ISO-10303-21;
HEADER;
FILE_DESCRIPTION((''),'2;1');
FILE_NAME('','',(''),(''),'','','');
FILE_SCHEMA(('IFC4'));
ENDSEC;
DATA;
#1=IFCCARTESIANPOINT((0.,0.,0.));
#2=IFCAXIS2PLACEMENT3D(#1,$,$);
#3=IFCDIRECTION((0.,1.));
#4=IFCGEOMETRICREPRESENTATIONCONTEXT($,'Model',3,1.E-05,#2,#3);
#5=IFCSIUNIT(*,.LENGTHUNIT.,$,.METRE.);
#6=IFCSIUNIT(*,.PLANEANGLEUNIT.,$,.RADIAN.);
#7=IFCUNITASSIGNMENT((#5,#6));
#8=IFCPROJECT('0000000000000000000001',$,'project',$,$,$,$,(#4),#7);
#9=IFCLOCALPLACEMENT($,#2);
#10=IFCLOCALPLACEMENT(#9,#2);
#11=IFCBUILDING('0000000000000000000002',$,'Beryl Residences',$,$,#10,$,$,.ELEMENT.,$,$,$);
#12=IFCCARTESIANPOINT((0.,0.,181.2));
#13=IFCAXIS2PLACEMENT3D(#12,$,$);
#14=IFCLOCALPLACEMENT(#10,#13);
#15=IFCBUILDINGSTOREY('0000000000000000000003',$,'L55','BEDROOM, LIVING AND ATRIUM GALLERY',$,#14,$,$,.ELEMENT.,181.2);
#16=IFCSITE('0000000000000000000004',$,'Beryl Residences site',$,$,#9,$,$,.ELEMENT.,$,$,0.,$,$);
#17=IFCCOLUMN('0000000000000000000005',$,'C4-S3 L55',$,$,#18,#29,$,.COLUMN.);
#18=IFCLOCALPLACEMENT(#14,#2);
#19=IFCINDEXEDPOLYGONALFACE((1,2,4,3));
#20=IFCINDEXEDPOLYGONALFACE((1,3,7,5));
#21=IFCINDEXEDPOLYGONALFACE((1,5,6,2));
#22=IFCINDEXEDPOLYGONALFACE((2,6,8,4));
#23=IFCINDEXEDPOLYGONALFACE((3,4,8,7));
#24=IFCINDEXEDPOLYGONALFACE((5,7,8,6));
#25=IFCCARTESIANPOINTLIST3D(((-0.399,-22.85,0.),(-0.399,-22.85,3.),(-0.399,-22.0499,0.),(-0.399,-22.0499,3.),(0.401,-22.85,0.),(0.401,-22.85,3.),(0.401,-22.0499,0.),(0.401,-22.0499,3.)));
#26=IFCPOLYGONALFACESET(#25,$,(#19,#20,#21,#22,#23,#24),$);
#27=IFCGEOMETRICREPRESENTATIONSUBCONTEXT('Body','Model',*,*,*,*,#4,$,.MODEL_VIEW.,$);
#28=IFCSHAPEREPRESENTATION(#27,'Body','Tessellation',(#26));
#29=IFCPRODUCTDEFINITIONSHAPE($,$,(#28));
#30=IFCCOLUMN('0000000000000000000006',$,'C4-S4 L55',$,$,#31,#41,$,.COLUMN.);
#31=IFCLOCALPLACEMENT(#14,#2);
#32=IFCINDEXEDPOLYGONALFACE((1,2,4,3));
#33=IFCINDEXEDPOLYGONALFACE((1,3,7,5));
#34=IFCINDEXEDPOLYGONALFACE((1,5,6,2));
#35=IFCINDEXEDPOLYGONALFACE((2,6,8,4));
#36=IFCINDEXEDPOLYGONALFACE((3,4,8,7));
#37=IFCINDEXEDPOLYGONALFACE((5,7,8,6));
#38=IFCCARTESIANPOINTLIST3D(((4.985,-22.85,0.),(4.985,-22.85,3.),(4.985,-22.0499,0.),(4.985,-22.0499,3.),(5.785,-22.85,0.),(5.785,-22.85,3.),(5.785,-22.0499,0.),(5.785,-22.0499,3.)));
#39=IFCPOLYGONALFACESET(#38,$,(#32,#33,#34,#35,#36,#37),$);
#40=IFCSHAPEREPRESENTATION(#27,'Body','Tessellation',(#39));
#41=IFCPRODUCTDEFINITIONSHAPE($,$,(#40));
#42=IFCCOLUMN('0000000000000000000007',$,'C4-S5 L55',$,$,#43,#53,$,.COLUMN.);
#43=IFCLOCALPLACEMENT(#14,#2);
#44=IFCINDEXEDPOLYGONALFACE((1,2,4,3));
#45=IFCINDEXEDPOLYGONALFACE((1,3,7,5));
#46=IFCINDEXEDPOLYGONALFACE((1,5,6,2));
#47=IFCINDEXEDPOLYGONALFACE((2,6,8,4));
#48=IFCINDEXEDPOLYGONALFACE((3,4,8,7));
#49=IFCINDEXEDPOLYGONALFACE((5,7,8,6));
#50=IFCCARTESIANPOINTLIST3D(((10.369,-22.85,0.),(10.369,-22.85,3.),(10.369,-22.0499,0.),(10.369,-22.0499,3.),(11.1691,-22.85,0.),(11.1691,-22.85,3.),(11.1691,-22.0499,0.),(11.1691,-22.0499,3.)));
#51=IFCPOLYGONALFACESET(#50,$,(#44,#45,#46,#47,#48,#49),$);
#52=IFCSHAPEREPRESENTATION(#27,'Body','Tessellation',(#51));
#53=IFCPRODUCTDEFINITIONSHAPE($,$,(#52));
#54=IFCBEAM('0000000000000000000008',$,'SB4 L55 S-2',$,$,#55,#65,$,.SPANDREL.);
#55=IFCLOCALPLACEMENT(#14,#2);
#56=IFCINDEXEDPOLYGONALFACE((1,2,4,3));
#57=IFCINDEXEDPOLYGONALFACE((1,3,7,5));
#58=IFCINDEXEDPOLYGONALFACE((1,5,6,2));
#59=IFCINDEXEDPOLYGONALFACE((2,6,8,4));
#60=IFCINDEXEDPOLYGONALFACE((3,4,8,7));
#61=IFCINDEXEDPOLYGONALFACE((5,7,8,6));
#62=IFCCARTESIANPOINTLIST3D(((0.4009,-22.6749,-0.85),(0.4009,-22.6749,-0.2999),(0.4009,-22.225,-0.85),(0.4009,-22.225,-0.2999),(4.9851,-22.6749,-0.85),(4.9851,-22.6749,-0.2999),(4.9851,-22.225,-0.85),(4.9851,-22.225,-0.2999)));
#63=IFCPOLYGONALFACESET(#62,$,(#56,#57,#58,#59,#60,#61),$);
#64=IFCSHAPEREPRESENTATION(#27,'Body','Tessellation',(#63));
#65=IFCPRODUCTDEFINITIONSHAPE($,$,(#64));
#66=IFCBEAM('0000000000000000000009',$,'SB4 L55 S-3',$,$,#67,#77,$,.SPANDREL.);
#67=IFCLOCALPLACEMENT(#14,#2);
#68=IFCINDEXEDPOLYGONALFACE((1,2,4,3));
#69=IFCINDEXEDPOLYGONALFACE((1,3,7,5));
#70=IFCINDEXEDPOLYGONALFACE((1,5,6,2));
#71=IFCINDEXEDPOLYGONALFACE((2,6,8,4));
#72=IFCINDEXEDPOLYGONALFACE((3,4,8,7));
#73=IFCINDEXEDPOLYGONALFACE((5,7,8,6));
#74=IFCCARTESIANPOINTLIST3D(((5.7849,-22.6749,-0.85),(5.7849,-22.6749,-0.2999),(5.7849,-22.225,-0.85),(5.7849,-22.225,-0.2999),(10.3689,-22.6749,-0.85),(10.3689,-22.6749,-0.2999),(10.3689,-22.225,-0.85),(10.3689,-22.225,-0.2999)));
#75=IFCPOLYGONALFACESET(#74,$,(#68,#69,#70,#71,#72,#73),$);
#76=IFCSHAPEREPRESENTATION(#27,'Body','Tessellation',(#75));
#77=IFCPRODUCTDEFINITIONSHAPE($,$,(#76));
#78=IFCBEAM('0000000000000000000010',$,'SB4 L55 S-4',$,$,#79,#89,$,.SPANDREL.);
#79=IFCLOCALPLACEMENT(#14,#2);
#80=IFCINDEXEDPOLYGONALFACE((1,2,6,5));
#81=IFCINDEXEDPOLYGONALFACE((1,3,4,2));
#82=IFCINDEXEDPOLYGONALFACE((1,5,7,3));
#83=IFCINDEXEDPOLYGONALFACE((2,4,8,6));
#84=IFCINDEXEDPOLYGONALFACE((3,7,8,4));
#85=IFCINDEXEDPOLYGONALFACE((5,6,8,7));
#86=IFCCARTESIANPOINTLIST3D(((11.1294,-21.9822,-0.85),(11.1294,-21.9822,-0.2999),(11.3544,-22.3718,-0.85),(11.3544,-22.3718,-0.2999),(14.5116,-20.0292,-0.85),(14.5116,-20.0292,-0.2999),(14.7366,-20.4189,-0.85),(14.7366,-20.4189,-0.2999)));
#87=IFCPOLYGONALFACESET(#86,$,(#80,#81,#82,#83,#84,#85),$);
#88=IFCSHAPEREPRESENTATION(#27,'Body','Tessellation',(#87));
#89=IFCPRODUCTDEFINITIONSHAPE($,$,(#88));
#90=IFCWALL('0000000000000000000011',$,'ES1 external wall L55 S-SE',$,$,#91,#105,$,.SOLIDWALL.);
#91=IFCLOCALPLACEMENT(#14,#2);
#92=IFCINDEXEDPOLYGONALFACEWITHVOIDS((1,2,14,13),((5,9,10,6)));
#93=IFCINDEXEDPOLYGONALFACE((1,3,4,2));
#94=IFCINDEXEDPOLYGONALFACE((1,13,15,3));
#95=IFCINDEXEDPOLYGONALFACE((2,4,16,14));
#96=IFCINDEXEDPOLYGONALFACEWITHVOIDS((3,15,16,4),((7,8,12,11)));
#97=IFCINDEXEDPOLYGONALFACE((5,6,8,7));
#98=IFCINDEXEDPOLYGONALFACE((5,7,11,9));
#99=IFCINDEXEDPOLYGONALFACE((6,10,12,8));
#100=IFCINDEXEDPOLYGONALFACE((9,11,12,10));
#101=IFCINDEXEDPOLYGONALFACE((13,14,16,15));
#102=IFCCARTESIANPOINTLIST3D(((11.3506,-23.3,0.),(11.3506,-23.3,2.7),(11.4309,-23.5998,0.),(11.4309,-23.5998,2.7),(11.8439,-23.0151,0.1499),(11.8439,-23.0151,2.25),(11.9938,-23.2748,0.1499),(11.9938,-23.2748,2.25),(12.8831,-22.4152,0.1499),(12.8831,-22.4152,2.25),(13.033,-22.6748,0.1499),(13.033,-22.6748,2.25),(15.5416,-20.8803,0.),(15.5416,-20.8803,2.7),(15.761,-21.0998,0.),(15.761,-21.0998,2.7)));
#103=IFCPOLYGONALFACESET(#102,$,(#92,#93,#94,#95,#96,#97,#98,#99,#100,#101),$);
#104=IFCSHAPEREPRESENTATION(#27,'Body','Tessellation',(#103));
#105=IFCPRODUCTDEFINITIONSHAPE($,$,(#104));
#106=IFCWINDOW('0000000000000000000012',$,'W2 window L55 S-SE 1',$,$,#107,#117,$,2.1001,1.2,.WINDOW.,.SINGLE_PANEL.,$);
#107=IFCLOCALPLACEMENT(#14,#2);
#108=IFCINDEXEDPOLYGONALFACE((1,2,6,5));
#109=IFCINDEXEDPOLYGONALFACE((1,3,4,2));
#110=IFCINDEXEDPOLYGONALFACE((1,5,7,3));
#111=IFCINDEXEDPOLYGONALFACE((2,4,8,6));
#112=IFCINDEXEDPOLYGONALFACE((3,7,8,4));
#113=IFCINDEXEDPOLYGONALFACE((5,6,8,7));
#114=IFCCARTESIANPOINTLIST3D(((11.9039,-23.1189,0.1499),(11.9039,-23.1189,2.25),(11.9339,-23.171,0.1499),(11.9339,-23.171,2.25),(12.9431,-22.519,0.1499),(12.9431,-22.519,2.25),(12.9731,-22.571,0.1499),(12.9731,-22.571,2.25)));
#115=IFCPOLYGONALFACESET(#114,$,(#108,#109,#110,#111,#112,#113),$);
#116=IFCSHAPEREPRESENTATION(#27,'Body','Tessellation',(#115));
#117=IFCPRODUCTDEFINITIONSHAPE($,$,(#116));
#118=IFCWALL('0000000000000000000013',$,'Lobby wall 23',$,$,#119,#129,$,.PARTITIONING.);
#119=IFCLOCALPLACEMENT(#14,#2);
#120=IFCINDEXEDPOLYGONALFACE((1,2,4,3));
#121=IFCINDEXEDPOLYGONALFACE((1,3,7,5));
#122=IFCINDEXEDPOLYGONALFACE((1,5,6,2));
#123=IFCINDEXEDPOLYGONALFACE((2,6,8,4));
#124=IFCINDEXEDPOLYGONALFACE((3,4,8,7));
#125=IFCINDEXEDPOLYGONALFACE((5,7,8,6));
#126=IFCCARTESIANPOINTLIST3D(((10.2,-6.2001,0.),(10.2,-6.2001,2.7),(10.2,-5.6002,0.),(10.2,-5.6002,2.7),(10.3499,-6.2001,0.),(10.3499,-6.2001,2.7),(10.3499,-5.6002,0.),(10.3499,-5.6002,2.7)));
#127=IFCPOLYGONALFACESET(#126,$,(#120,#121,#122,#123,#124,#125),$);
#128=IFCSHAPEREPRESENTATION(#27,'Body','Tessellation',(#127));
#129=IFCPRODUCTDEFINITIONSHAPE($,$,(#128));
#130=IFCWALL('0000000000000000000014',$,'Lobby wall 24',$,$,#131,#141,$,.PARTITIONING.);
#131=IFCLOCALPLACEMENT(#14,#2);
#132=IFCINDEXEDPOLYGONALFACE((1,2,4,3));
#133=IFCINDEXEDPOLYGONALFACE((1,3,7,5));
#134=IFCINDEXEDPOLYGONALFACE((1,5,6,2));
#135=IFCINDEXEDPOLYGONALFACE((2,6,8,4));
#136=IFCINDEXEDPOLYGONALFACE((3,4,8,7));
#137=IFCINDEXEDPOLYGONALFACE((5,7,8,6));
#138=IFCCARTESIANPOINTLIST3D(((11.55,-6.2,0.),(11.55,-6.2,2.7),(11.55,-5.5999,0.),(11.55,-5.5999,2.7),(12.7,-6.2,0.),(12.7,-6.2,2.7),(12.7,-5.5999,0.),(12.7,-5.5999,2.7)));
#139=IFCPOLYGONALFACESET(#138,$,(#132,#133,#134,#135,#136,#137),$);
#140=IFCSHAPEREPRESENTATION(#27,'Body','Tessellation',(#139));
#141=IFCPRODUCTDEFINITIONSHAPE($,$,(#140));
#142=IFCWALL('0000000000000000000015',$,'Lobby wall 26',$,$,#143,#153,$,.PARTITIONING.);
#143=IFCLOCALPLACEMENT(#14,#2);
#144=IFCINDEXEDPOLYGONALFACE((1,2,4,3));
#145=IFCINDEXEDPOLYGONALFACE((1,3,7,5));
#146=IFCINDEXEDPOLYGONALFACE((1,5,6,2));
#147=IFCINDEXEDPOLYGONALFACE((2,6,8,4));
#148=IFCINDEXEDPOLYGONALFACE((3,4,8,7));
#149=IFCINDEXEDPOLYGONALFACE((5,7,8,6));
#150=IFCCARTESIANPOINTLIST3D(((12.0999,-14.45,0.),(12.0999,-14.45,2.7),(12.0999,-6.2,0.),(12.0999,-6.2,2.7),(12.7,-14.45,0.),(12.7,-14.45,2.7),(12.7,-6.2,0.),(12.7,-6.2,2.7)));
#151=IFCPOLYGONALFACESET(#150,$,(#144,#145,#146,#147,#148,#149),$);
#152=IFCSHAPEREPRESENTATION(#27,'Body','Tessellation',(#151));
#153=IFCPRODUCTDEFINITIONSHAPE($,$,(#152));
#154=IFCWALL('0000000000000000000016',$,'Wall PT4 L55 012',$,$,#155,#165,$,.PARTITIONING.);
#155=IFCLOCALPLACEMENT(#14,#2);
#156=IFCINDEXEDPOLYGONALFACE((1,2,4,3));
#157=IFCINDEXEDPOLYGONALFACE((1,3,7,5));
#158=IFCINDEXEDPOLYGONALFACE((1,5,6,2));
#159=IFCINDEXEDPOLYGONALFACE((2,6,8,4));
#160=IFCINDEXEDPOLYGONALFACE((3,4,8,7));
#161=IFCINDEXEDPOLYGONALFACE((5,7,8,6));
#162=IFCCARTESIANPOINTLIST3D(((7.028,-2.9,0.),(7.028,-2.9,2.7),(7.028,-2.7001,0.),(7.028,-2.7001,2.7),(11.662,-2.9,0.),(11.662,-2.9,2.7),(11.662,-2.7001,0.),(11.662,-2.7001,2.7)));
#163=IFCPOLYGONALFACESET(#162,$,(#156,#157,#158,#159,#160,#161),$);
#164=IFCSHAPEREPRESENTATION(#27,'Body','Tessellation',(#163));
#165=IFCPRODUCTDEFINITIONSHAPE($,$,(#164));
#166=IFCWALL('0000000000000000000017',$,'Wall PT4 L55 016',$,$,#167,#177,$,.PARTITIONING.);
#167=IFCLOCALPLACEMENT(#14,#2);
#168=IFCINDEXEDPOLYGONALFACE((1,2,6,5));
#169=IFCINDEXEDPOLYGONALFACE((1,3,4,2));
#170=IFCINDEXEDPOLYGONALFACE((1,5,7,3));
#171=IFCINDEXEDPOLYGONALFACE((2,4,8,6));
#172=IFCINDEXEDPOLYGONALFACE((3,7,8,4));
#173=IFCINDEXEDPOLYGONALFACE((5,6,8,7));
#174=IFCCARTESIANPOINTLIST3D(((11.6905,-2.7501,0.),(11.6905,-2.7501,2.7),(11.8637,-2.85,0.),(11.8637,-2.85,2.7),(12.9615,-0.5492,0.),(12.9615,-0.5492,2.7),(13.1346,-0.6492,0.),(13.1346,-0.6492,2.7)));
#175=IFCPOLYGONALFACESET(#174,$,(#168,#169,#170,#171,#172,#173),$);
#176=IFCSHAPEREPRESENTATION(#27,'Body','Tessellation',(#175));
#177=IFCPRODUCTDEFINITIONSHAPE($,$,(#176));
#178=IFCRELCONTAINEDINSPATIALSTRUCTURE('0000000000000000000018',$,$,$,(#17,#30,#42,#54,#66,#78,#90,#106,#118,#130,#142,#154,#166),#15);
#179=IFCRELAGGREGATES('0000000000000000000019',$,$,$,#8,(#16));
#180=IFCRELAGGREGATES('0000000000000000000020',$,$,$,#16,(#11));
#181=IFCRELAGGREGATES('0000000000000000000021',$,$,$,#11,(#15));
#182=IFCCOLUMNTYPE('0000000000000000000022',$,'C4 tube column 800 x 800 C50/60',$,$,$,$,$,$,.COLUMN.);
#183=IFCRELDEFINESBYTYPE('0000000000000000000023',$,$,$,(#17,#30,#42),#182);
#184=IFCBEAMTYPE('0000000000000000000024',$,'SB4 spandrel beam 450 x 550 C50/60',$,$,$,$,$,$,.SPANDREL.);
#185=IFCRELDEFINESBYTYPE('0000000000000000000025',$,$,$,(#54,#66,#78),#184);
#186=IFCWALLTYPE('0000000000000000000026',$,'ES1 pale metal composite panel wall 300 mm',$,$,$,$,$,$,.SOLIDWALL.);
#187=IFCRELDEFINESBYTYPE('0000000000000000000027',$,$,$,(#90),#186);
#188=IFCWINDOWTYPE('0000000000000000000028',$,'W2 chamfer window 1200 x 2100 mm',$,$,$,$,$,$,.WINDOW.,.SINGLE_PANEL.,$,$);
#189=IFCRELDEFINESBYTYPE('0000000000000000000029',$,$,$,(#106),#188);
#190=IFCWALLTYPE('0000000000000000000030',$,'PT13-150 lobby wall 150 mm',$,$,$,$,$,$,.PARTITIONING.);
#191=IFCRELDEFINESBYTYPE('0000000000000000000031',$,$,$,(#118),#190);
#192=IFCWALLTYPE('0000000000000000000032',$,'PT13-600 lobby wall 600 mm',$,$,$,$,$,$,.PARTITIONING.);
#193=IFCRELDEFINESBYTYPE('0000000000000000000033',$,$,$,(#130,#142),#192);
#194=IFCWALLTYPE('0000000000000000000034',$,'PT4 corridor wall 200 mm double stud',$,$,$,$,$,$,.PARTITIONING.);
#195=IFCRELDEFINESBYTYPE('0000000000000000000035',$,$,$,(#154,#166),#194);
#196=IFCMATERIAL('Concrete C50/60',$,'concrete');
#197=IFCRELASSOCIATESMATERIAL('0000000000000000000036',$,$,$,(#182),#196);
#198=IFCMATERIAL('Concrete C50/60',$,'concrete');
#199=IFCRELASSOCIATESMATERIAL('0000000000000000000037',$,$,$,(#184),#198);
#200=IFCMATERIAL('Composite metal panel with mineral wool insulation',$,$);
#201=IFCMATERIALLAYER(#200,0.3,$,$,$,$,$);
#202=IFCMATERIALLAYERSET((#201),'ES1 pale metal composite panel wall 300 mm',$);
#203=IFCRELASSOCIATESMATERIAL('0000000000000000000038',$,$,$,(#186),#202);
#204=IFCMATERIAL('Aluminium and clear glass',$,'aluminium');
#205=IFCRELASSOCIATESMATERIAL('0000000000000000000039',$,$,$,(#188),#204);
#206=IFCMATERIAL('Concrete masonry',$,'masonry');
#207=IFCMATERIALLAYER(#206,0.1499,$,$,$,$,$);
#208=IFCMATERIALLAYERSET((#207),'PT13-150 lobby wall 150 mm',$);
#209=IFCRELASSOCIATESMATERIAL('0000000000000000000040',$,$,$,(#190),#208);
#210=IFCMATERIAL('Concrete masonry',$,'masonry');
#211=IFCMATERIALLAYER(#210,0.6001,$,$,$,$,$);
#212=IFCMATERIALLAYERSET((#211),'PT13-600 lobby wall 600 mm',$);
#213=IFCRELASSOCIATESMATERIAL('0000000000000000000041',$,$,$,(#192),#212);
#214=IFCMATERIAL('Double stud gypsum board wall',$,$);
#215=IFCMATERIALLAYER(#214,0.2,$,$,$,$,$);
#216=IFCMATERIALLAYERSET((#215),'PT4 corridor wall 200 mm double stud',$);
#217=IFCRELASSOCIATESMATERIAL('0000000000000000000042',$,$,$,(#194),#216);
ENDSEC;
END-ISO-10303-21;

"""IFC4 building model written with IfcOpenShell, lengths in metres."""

from ifc_helpers import new_model, si_unit, direction, frame, frame_2d, origin, origin_2d, place, context, subcontext, project, spatial, polyline, rectangle, outline, extrude, material, layer, layer_set, material_profile, profile_set, type_object, element, fill, save


model = new_model("IFC4")

# Units and contexts
model_context = context("Model", 3, precision=1e-05, world=origin(), true_north=direction((0.0, 1.0)))
body_context = subcontext(model_context, "Body", "Model", "MODEL_VIEW")
ifc_project = project(units=[si_unit("LENGTHUNIT", "METRE"), si_unit("PLANEANGLEUNIT", "RADIAN")], contexts=[model_context])

# Site, building, storey
site_placement = place(None, origin())
site = spatial("IfcSite", under=ifc_project, at=site_placement, Name="Beryl Residences site", CompositionType="ELEMENT", RefElevation=0.0)
building_placement = place(site_placement, origin())
building = spatial("IfcBuilding", under=site, at=building_placement, Name="Beryl Residences", CompositionType="ELEMENT")
storey_placement = place(building_placement, frame((0.0, 0.0, 181.2)))
storey = spatial("IfcBuildingStorey", under=building, at=storey_placement, Name="L55", Description="BEDROOM, LIVING AND ATRIUM GALLERY", CompositionType="ELEMENT", Elevation=181.2)

# Columns
ifc_material_1 = material(Name="Concrete C50/60", Category="concrete")
ifc_material_profile_1 = material_profile(ifc_material_1, rectangle(XDim=0.8, YDim=0.8, at=origin_2d()))
ifc_profile_set_1 = profile_set([ifc_material_profile_1], Name="Concrete C50/60")
column_type = type_object("IfcColumnType", Name="C4 tube column 800 x 800 C50/60", PredefinedType="COLUMN", material=ifc_profile_set_1)
for number, where, z_axis, x_axis, name in (
    (1, (0.001, -22.45, 0.0), (0.0, 0.0, 1.0), (1.0, 0.0, 0.0), "C4-S3 L55"),
    (2, (5.385, -22.45, 0.0), (0.0, 0.0, 1.0), (1.0, 0.0, 0.0), "C4-S4 L55"),
    (3, (10.769, -22.45, 0.0), (0.0, 0.0, 1.0), (1.0, 0.0, 0.0), "C4-S5 L55"),
):
    element("IfcColumn", number, at=place(storey_placement, frame(where, z_axis=z_axis, x_axis=x_axis)), inside=storey, type_object=column_type, Name=name, PredefinedType="COLUMN", context=body_context, shape_type="SweptSolid", body=[
        extrude(rectangle(XDim=0.8, YDim=0.8, at=origin_2d()), origin(), (0.0, 0.0, 1.0), 3.0),
    ])

# Beams
ifc_material_2 = material(Name="Concrete C50/60", Category="concrete")
ifc_material_profile_2 = material_profile(ifc_material_2, rectangle(XDim=0.45, YDim=0.55, at=origin_2d()))
ifc_profile_set_2 = profile_set([ifc_material_profile_2], Name="Concrete C50/60")
beam_type = type_object("IfcBeamType", Name="SB4 spandrel beam 450 x 550 C50/60", PredefinedType="SPANDREL", material=ifc_profile_set_2)
beam_1_placement = place(storey_placement, frame((0.4009, -22.45, -0.575), z_axis=(1.0, 0.0, 0.0), x_axis=(0.0, 1.0, 0.0)))
element("IfcBeam", 4, at=beam_1_placement, inside=storey, type_object=beam_type, Name="SB4 L55 S-2", PredefinedType="SPANDREL", context=body_context, shape_type="SweptSolid", body=[
    extrude(rectangle(XDim=0.45, YDim=0.55, at=origin_2d()), origin(), (0.0, 0.0, 1.0), 4.5842),
])
beam_2_placement = place(storey_placement, frame((5.7849, -22.45, -0.575), z_axis=(1.0, 0.0, 0.0), x_axis=(0.0, 1.0, 0.0)))
element("IfcBeam", 5, at=beam_2_placement, inside=storey, type_object=beam_type, Name="SB4 L55 S-3", PredefinedType="SPANDREL", context=body_context, shape_type="SweptSolid", body=[
    extrude(rectangle(XDim=0.45, YDim=0.55, at=origin_2d()), origin(), (0.0, 0.0, 1.0), 4.584),
])
beam_3_placement = place(storey_placement, frame((11.2419, -22.177, -0.575), z_axis=(0.865999, 0.500045, 0.0), x_axis=(-0.500045, 0.865999, 0.0)))
element("IfcBeam", 6, at=beam_3_placement, inside=storey, type_object=beam_type, Name="SB4 L55 S-4", PredefinedType="SPANDREL", context=body_context, shape_type="SweptSolid", body=[
    extrude(rectangle(XDim=0.45, YDim=0.55, at=origin_2d()), origin(), (0.0, 0.0, 1.0), 3.9055),
])

# Wall, opening, window
ifc_material_3 = material(Name="Composite metal panel with mineral wool insulation")
ifc_layer_1 = layer(ifc_material_3, 0.3)
ifc_layer_set_1 = layer_set([ifc_layer_1], Name="ES1 pale metal composite panel wall 300 mm")
wall_type_1 = type_object("IfcWallType", Name="ES1 pale metal composite panel wall 300 mm", PredefinedType="SOLIDWALL", material=ifc_layer_set_1)
wall_1_placement = place(storey_placement, frame((11.356, -23.47, 0.0), z_axis=(0.0, 0.0, 1.0), x_axis=(0.866023, 0.500004, 0.0)))
wall_1 = element("IfcWall", 7, at=wall_1_placement, inside=storey, type_object=wall_type_1, Name="ES1 external wall L55 S-SE", PredefinedType="SOLIDWALL", context=body_context, shape_type="SweptSolid", body=[
    extrude(outline(polyline([(0.0, -0.1499), (5.0, -0.1499), (4.9197, 0.1499), (0.0803, 0.1499), (0.0, -0.1499)])), origin(), (0.0, 0.0, 1.0), 2.7),
])
opening_placement = place(wall_1_placement, frame((0.6499, 0.0, 0.1499)))
opening = element("IfcOpeningElement", 8, at=opening_placement, cuts=wall_1, PredefinedType="OPENING", context=body_context, shape_type="SweptSolid", body=[
    extrude(rectangle(XDim=1.2, YDim=2.1001, at=frame_2d((0.6001, 1.05))), frame((0.0, 0.1599, 0.0), z_axis=(0.0, -1.0, 0.0), x_axis=(1.0, 0.0, 0.0)), (0.0, 0.0, 1.0), 0.3201),
])
ifc_material_4 = material(Name="Aluminium and clear glass", Category="aluminium")
window_type = type_object("IfcWindowType", Name="W2 chamfer window 1200 x 2100 mm", PartitioningType="SINGLE_PANEL", PredefinedType="WINDOW", material=ifc_material_4)
window_placement = place(opening_placement, origin())
window = element("IfcWindow", 9, at=window_placement, inside=storey, type_object=window_type, Name="W2 window L55 S-SE 1", OverallHeight=2.1001, OverallWidth=1.2, PartitioningType="SINGLE_PANEL", PredefinedType="WINDOW", context=body_context, shape_type="SweptSolid", body=[
    extrude(rectangle(XDim=1.2, YDim=2.1001, at=frame_2d((0.6001, 1.05))), frame((0.0, 0.03, 0.0), z_axis=(0.0, -1.0, 0.0), x_axis=(1.0, 0.0, 0.0)), (0.0, 0.0, 1.0), 0.0601),
])
fill(opening, window)

# Walls
ifc_material_5 = material(Name="Concrete masonry", Category="masonry")
ifc_layer_2 = layer(ifc_material_5, 0.1499)
ifc_layer_set_2 = layer_set([ifc_layer_2], Name="PT13-150 lobby wall 150 mm")
wall_type_2 = type_object("IfcWallType", Name="PT13-150 lobby wall 150 mm", PredefinedType="PARTITIONING", material=ifc_layer_set_2)
wall_2_placement = place(storey_placement, frame((10.2749, -6.2, 0.0), z_axis=(0.0, 0.0, 1.0), x_axis=(0.0, 1.0, 0.0)))
element("IfcWall", 10, at=wall_2_placement, inside=storey, type_object=wall_type_2, Name="Lobby wall 23", PredefinedType="PARTITIONING", context=body_context, shape_type="SweptSolid", body=[
    extrude(rectangle(XDim=0.5999, YDim=0.1499, at=frame_2d((0.2998, 0.0))), origin(), (0.0, 0.0, 1.0), 2.7),
])
ifc_material_6 = material(Name="Concrete masonry", Category="masonry")
ifc_layer_3 = layer(ifc_material_6, 0.6001)
ifc_layer_set_3 = layer_set([ifc_layer_3], Name="PT13-600 lobby wall 600 mm")
wall_type_3 = type_object("IfcWallType", Name="PT13-600 lobby wall 600 mm", PredefinedType="PARTITIONING", material=ifc_layer_set_3)
wall_3_placement = place(storey_placement, frame((11.55, -5.8999, 0.0), z_axis=(0.0, 0.0, 1.0), x_axis=(1.0, 0.0, 0.0)))
element("IfcWall", 11, at=wall_3_placement, inside=storey, type_object=wall_type_3, Name="Lobby wall 24", PredefinedType="PARTITIONING", context=body_context, shape_type="SweptSolid", body=[
    extrude(rectangle(XDim=1.1499, YDim=0.6001, at=frame_2d((0.575, 0.0))), origin(), (0.0, 0.0, 1.0), 2.7),
])
wall_4_placement = place(storey_placement, frame((12.3999, -14.45, 0.0), z_axis=(0.0, 0.0, 1.0), x_axis=(0.0, 1.0, 0.0)))
element("IfcWall", 12, at=wall_4_placement, inside=storey, type_object=wall_type_3, Name="Lobby wall 26", PredefinedType="PARTITIONING", context=body_context, shape_type="SweptSolid", body=[
    extrude(rectangle(XDim=8.25, YDim=0.6001, at=frame_2d((4.125, 0.0))), origin(), (0.0, 0.0, 1.0), 2.7),
])
ifc_material_7 = material(Name="Double stud gypsum board wall")
ifc_layer_4 = layer(ifc_material_7, 0.2)
ifc_layer_set_4 = layer_set([ifc_layer_4], Name="PT4 corridor wall 200 mm double stud")
wall_type_4 = type_object("IfcWallType", Name="PT4 corridor wall 200 mm double stud", PredefinedType="PARTITIONING", material=ifc_layer_set_4)
wall_5_placement = place(storey_placement, frame((7.0281, -2.8, 0.0), z_axis=(0.0, 0.0, 1.0), x_axis=(1.0, 0.0, 0.0)))
element("IfcWall", 13, at=wall_5_placement, inside=storey, type_object=wall_type_4, Name="Wall PT4 L55 012", PredefinedType="PARTITIONING", context=body_context, shape_type="SweptSolid", body=[
    extrude(rectangle(XDim=4.634, YDim=0.2, at=frame_2d((2.3169, 0.0))), origin(), (0.0, 0.0, 1.0), 2.7),
])
wall_6_placement = place(storey_placement, frame((11.7771, -2.8, 0.0), z_axis=(0.0, 0.0, 1.0), x_axis=(0.500086, 0.865976, 0.0)))
element("IfcWall", 14, at=wall_6_placement, inside=storey, type_object=wall_type_4, Name="Wall PT4 L55 016", PredefinedType="PARTITIONING", context=body_context, shape_type="SweptSolid", body=[
    extrude(rectangle(XDim=2.5415, YDim=0.2, at=frame_2d((1.2708, 0.0))), origin(), (0.0, 0.0, 1.0), 2.7),
])

save(model, "model.ifc")
